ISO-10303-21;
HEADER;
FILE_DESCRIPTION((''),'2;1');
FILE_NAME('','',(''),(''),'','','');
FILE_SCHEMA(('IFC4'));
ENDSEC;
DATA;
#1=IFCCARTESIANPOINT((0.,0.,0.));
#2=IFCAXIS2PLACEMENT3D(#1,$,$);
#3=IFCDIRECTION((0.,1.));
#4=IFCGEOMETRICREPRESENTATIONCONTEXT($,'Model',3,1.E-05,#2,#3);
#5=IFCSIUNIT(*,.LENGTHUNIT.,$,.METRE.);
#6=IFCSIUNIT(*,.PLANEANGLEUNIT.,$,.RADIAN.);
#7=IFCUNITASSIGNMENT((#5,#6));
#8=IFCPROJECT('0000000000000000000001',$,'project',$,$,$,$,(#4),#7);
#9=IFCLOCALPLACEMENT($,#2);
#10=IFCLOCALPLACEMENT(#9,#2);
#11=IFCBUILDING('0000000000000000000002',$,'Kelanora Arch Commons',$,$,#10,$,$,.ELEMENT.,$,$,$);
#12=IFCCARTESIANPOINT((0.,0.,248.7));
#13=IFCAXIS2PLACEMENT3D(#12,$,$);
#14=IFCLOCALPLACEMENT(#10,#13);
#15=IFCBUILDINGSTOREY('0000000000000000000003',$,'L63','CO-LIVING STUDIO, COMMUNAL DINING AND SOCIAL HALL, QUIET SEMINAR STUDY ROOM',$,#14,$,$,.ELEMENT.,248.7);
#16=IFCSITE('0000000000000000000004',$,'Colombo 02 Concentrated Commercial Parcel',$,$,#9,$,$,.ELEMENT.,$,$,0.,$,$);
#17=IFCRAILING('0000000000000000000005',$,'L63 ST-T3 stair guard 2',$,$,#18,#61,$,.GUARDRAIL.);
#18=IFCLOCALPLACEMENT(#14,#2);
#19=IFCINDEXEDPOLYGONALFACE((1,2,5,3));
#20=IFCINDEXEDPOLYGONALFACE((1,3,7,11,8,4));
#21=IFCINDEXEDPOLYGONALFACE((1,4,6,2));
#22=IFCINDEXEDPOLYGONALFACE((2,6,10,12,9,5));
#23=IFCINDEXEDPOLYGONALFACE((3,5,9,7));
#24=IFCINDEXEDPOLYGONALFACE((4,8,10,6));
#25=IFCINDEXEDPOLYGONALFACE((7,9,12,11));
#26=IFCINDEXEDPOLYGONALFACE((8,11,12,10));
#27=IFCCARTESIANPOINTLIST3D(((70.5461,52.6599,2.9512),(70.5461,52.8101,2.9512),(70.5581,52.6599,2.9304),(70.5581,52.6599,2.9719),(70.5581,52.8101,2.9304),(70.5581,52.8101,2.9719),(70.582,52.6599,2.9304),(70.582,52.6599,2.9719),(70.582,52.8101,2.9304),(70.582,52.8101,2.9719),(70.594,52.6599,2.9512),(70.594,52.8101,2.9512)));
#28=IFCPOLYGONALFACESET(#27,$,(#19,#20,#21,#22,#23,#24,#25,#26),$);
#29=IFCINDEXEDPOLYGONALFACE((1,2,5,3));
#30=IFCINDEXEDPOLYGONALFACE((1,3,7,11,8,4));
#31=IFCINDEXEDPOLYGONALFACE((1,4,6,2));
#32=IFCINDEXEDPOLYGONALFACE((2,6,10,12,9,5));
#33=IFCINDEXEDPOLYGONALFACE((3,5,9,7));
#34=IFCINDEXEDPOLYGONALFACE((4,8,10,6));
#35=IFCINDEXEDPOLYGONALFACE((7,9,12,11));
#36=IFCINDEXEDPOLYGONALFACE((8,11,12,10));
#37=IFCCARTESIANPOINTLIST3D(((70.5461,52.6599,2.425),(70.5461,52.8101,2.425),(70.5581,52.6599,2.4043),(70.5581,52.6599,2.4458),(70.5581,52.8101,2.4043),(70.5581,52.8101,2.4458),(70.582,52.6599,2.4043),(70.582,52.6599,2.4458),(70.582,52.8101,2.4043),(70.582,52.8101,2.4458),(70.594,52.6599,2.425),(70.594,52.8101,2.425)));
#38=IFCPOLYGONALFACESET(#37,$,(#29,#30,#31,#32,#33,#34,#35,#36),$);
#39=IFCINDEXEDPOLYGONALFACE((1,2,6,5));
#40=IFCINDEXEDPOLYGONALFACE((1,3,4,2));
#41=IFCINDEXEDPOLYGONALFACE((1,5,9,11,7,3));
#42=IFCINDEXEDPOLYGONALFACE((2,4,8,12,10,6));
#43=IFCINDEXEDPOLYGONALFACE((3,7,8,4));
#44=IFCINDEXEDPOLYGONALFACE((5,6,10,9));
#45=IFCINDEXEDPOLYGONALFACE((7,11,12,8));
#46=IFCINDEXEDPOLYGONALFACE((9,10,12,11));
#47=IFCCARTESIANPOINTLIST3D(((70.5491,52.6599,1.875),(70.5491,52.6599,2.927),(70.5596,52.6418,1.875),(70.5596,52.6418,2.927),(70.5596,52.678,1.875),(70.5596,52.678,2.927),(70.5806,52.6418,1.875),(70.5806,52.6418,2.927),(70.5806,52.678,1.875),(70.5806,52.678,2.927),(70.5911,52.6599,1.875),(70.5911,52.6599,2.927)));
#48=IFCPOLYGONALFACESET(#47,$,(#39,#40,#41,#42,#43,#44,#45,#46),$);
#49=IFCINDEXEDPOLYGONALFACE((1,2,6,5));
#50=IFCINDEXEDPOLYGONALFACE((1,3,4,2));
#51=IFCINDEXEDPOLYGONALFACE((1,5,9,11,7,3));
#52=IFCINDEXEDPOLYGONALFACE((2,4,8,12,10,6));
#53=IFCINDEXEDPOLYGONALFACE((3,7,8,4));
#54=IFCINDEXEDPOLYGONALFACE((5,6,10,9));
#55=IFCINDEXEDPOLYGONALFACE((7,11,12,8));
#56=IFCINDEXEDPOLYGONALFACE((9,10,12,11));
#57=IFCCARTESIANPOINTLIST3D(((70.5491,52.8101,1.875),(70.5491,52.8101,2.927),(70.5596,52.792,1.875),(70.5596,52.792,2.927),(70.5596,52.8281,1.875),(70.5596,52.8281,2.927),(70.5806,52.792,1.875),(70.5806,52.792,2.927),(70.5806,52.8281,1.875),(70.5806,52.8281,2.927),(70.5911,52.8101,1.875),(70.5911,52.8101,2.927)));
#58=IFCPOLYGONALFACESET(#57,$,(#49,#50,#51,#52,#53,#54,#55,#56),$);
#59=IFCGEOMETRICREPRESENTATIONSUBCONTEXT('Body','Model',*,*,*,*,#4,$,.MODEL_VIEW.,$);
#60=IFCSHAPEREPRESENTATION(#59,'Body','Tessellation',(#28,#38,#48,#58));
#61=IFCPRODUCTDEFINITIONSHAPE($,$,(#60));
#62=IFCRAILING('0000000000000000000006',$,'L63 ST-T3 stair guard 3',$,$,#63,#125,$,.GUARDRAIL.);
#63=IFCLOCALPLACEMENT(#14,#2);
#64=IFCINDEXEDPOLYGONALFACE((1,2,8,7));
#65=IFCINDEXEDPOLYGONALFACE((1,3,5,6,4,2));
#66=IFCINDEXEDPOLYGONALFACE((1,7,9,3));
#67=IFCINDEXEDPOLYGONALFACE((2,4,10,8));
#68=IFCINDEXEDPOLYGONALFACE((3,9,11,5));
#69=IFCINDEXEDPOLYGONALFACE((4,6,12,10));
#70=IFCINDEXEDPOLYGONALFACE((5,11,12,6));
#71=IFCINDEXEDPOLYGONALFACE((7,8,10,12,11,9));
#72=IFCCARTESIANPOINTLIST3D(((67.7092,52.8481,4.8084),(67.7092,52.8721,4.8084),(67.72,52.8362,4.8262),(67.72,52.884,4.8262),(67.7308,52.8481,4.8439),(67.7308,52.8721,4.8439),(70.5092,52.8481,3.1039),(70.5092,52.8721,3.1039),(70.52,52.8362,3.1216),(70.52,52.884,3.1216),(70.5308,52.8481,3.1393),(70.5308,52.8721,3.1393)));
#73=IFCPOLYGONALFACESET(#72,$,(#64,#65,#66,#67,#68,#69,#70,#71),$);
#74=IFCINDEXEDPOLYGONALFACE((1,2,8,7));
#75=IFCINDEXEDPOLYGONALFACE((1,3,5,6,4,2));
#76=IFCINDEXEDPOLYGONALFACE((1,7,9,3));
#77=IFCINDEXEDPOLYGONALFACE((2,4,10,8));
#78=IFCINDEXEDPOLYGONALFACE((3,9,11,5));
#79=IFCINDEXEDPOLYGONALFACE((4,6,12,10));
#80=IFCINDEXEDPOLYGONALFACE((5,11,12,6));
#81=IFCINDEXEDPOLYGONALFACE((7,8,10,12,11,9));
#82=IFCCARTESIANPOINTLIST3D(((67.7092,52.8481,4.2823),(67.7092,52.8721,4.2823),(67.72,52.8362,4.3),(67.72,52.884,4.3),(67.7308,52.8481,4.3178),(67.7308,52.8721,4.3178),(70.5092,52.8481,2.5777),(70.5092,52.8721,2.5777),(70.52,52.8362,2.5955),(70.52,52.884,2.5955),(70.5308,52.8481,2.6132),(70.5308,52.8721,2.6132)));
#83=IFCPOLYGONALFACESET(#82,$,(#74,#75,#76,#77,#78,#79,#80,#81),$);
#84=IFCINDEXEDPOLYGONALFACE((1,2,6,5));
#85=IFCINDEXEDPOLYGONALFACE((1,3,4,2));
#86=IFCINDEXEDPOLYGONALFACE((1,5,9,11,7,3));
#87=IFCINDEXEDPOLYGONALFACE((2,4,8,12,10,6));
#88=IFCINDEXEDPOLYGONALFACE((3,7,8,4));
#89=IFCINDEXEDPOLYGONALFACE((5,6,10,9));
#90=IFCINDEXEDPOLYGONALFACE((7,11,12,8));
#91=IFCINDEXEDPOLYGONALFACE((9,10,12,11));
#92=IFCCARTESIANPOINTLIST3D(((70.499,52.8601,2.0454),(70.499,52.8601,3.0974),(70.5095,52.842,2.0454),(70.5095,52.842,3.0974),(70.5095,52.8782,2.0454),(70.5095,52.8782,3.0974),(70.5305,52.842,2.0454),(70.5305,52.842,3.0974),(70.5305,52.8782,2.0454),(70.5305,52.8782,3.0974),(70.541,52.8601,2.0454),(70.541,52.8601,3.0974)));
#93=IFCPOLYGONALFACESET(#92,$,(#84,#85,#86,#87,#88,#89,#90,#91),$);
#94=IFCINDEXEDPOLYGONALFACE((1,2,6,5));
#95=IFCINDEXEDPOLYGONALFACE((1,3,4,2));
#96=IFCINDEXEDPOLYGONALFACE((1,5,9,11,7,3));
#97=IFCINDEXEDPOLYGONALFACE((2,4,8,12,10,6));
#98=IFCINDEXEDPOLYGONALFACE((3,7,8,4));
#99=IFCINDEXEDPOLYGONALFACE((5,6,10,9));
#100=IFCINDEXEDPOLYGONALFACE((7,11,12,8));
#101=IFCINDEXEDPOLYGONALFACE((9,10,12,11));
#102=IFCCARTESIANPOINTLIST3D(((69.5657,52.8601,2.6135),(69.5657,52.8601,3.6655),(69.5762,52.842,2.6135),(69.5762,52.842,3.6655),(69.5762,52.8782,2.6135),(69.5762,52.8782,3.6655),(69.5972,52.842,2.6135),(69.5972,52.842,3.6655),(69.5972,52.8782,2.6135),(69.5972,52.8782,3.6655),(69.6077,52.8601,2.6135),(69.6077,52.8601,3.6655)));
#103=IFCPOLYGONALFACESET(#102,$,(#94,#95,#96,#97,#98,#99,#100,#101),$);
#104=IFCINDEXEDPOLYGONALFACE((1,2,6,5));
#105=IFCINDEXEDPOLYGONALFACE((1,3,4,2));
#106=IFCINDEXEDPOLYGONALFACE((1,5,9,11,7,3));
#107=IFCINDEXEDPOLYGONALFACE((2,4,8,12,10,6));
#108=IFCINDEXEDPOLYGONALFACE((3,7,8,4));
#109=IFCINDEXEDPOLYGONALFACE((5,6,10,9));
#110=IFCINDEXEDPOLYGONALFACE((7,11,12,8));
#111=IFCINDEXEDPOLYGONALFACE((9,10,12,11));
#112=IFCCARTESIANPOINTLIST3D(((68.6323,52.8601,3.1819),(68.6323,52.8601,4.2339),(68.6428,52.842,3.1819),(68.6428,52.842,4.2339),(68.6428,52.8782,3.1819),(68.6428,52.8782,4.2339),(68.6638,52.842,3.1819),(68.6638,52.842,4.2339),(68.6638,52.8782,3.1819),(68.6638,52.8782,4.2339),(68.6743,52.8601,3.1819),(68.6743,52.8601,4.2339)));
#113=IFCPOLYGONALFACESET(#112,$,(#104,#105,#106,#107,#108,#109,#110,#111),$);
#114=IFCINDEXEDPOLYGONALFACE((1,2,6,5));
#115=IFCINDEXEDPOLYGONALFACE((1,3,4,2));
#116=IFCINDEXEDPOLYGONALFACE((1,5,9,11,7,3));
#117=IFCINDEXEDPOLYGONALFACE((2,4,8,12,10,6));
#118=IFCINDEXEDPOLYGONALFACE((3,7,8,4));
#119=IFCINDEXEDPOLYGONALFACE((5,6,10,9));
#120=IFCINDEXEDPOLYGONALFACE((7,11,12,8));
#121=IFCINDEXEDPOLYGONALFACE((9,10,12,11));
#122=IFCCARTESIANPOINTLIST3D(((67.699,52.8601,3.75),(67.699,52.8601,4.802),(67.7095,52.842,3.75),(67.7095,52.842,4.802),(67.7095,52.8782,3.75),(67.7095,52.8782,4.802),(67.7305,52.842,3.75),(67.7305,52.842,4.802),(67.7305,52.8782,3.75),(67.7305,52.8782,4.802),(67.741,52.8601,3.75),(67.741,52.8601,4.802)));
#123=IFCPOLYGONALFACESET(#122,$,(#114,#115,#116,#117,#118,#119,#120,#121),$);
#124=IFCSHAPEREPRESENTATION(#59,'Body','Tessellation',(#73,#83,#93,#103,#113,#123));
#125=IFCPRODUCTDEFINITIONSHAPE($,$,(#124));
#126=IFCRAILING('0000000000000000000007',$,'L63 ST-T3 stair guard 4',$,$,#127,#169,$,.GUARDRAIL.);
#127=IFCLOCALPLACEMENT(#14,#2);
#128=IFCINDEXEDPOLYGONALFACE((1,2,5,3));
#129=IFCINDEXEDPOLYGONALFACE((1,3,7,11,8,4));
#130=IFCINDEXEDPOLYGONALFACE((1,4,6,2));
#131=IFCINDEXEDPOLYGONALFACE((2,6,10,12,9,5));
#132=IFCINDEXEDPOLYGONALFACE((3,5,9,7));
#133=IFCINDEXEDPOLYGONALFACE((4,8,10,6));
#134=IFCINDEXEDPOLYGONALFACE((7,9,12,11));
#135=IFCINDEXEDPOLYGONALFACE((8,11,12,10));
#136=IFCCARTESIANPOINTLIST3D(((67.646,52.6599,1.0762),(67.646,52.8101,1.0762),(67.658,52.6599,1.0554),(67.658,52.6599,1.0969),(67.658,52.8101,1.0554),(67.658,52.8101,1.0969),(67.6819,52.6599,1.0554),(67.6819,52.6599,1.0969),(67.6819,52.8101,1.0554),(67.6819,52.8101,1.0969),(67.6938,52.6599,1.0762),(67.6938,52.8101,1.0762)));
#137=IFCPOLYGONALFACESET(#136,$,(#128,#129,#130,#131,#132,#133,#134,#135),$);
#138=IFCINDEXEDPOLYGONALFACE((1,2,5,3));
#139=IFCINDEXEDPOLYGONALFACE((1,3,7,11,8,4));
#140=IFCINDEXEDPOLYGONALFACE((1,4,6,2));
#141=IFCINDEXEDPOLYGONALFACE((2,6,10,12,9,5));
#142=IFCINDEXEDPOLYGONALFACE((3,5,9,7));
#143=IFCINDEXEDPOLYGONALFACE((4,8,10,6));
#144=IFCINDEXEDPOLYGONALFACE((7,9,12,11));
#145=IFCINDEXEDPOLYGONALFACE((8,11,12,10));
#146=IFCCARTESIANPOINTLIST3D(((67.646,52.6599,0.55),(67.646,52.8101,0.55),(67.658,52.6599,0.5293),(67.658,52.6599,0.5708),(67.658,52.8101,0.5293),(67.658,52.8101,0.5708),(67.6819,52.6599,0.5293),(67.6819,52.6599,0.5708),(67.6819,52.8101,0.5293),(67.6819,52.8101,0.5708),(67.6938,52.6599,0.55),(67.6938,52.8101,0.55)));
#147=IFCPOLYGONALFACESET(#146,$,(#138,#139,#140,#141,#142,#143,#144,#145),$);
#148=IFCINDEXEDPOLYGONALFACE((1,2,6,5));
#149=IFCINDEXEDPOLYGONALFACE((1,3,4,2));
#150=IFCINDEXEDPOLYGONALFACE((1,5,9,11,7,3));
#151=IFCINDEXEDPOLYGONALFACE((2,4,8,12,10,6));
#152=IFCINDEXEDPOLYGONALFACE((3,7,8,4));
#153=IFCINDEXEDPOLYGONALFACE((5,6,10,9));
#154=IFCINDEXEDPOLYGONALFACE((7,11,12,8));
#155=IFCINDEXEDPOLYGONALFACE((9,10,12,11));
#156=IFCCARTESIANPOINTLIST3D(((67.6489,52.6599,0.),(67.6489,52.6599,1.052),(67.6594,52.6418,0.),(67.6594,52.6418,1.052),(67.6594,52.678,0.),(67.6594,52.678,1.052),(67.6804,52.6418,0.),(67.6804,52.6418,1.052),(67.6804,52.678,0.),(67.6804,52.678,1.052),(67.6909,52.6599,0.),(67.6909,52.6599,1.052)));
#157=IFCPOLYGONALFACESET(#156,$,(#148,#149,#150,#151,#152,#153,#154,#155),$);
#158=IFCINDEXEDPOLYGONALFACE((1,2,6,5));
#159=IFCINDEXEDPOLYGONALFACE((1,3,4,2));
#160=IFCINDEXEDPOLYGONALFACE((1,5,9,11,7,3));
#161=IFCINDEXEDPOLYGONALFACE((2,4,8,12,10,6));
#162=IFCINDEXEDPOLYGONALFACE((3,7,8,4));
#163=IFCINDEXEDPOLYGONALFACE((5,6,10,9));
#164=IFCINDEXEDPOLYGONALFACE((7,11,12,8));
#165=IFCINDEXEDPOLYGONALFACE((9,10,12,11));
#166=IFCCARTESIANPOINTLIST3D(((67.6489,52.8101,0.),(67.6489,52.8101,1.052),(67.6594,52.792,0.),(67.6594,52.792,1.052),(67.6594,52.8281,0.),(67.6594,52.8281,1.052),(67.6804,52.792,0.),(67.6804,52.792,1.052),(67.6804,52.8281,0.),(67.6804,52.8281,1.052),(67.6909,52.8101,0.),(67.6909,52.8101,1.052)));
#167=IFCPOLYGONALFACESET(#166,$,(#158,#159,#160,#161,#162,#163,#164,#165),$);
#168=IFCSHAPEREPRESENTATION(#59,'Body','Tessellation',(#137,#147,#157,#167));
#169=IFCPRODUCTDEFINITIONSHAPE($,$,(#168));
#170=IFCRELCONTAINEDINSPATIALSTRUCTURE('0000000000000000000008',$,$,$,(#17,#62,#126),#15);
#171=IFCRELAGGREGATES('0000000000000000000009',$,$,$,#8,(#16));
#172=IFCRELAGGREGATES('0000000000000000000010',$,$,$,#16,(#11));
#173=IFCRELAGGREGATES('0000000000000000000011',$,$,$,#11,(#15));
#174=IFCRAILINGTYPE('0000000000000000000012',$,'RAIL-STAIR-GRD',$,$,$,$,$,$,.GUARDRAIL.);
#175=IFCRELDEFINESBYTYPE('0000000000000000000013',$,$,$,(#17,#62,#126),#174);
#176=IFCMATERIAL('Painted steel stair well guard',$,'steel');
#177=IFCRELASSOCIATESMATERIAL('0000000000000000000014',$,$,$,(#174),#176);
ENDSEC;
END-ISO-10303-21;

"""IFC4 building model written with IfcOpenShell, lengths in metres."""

from ifc_helpers import new_model, si_unit, direction, frame, origin, place, context, subcontext, project, spatial, polyline, outline, extrude, material, type_object, element, save


model = new_model("IFC4")

# Units and contexts
model_context = context("Model", 3, precision=1e-05, world=origin(), true_north=direction((0.0, 1.0)))
body_context = subcontext(model_context, "Body", "Model", "MODEL_VIEW")
ifc_project = project(units=[si_unit("LENGTHUNIT", "METRE"), si_unit("PLANEANGLEUNIT", "RADIAN")], contexts=[model_context])

# Site, building, storey
site_placement = place(None, origin())
site = spatial("IfcSite", under=ifc_project, at=site_placement, Name="Colombo 02 Concentrated Commercial Parcel", CompositionType="ELEMENT", RefElevation=0.0)
building_placement = place(site_placement, origin())
building = spatial("IfcBuilding", under=site, at=building_placement, Name="Kelanora Arch Commons", CompositionType="ELEMENT")
storey_placement = place(building_placement, frame((0.0, 0.0, 248.7)))
storey = spatial("IfcBuildingStorey", under=building, at=storey_placement, Name="L63", Description="CO-LIVING STUDIO, COMMUNAL DINING AND SOCIAL HALL, QUIET SEMINAR STUDY ROOM", CompositionType="ELEMENT", Elevation=248.7)

# Railings
ifc_material_1 = material(Name="Painted steel stair well guard", Category="steel")
railing_type_1 = type_object("IfcRailingType", Name="RAIL-STAIR-GRD", PredefinedType="GUARDRAIL", material=ifc_material_1)
railing_1_placement = place(storey_placement, frame((70.5701, 52.6599, 1.875)))
element("IfcRailing", 1, at=railing_1_placement, inside=storey, type_object=railing_type_1, Name="L63 ST-T3 stair guard 2", PredefinedType="GUARDRAIL", context=body_context, shape_type="SweptSolid", body=[
    extrude(outline(polyline([(0.0239, 0.0), (0.012, 0.0208), (-0.012, 0.0208), (-0.0239, 0.0), (-0.012, -0.0208), (0.012, -0.0208), (0.0239, 0.0)])), frame((0.0, 0.0, 1.0762), z_axis=(0.0, 1.0, 0.0), x_axis=(-1.0, 0.0, 0.0)), (0.0, 0.0, 1.0), 0.1501),
    extrude(outline(polyline([(0.0239, 0.0), (0.012, 0.0208), (-0.012, 0.0208), (-0.0239, 0.0), (-0.012, -0.0208), (0.012, -0.0208), (0.0239, 0.0)])), frame((0.0, 0.0, 0.55), z_axis=(0.0, 1.0, 0.0), x_axis=(-1.0, 0.0, 0.0)), (0.0, 0.0, 1.0), 0.1501),
    extrude(outline(polyline([(0.021, 0.0), (0.0105, 0.0181), (-0.0105, 0.0181), (-0.021, 0.0), (-0.0105, -0.0181), (0.0105, -0.0181), (0.021, 0.0)])), origin(), (0.0, 0.0, 1.0), 1.052),
    extrude(outline(polyline([(0.021, 0.0), (0.0105, 0.0181), (-0.0105, 0.0181), (-0.021, 0.0), (-0.0105, -0.0181), (0.0105, -0.0181), (0.021, 0.0)])), frame((0.0, 0.1501, 0.0)), (0.0, 0.0, 1.0), 1.052),
])
railing_2_placement = place(storey_placement, frame((70.52, 52.8601, 2.0454)))
element("IfcRailing", 2, at=railing_2_placement, inside=storey, type_object=railing_type_1, Name="L63 ST-T3 stair guard 3", PredefinedType="GUARDRAIL", context=body_context, shape_type="SweptSolid", body=[
    extrude(outline(polyline([(0.0239, 0.0), (0.012, 0.0208), (-0.012, 0.0208), (-0.0239, 0.0), (-0.012, -0.0208), (0.012, -0.0208), (0.0239, 0.0)])), frame((0.0, 0.0, 1.0762), z_axis=(-0.85417, 0.0, 0.519994), x_axis=(0.0, -1.0, 0.0)), (0.0, 0.0, 1.0), 3.2781),
    extrude(outline(polyline([(0.0239, 0.0), (0.012, 0.0208), (-0.012, 0.0208), (-0.0239, 0.0), (-0.012, -0.0208), (0.012, -0.0208), (0.0239, 0.0)])), frame((0.0, 0.0, 0.55), z_axis=(-0.85417, 0.0, 0.519994), x_axis=(0.0, -1.0, 0.0)), (0.0, 0.0, 1.0), 3.2781),
    extrude(outline(polyline([(0.021, 0.0), (0.0105, 0.0181), (-0.0105, 0.0181), (-0.021, 0.0), (-0.0105, -0.0181), (0.0105, -0.0181), (0.021, 0.0)])), origin(), (0.0, 0.0, 1.0), 1.052),
    extrude(outline(polyline([(0.021, 0.0), (0.0105, 0.0181), (-0.0105, 0.0181), (-0.021, 0.0), (-0.0105, -0.0181), (0.0105, -0.0181), (0.021, 0.0)])), frame((-0.9333, 0.0, 0.5681)), (0.0, 0.0, 1.0), 1.052),
    extrude(outline(polyline([(0.021, 0.0), (0.0105, 0.0181), (-0.0105, 0.0181), (-0.021, 0.0), (-0.0105, -0.0181), (0.0105, -0.0181), (0.021, 0.0)])), frame((-1.8667, 0.0, 1.1365)), (0.0, 0.0, 1.0), 1.052),
    extrude(outline(polyline([(0.021, 0.0), (0.0105, 0.0181), (-0.0105, 0.0181), (-0.021, 0.0), (-0.0105, -0.0181), (0.0105, -0.0181), (0.021, 0.0)])), frame((-2.8, 0.0, 1.7046)), (0.0, 0.0, 1.0), 1.052),
])
railing_3_placement = place(storey_placement, frame((67.6699, 52.6599, 0.0)))
element("IfcRailing", 3, at=railing_3_placement, inside=storey, type_object=railing_type_1, Name="L63 ST-T3 stair guard 4", PredefinedType="GUARDRAIL", context=body_context, shape_type="SweptSolid", body=[
    extrude(outline(polyline([(0.0239, 0.0), (0.012, 0.0208), (-0.012, 0.0208), (-0.0239, 0.0), (-0.012, -0.0208), (0.012, -0.0208), (0.0239, 0.0)])), frame((0.0, 0.0, 1.0762), z_axis=(0.0, 1.0, 0.0), x_axis=(-1.0, 0.0, 0.0)), (0.0, 0.0, 1.0), 0.1501),
    extrude(outline(polyline([(0.0239, 0.0), (0.012, 0.0208), (-0.012, 0.0208), (-0.0239, 0.0), (-0.012, -0.0208), (0.012, -0.0208), (0.0239, 0.0)])), frame((0.0, 0.0, 0.55), z_axis=(0.0, 1.0, 0.0), x_axis=(-1.0, 0.0, 0.0)), (0.0, 0.0, 1.0), 0.1501),
    extrude(outline(polyline([(0.021, 0.0), (0.0105, 0.0181), (-0.0105, 0.0181), (-0.021, 0.0), (-0.0105, -0.0181), (0.0105, -0.0181), (0.021, 0.0)])), origin(), (0.0, 0.0, 1.0), 1.052),
    extrude(outline(polyline([(0.021, 0.0), (0.0105, 0.0181), (-0.0105, 0.0181), (-0.021, 0.0), (-0.0105, -0.0181), (0.0105, -0.0181), (0.021, 0.0)])), frame((0.0, 0.1501, 0.0)), (0.0, 0.0, 1.0), 1.052),
])

save(model, "model.ifc")
